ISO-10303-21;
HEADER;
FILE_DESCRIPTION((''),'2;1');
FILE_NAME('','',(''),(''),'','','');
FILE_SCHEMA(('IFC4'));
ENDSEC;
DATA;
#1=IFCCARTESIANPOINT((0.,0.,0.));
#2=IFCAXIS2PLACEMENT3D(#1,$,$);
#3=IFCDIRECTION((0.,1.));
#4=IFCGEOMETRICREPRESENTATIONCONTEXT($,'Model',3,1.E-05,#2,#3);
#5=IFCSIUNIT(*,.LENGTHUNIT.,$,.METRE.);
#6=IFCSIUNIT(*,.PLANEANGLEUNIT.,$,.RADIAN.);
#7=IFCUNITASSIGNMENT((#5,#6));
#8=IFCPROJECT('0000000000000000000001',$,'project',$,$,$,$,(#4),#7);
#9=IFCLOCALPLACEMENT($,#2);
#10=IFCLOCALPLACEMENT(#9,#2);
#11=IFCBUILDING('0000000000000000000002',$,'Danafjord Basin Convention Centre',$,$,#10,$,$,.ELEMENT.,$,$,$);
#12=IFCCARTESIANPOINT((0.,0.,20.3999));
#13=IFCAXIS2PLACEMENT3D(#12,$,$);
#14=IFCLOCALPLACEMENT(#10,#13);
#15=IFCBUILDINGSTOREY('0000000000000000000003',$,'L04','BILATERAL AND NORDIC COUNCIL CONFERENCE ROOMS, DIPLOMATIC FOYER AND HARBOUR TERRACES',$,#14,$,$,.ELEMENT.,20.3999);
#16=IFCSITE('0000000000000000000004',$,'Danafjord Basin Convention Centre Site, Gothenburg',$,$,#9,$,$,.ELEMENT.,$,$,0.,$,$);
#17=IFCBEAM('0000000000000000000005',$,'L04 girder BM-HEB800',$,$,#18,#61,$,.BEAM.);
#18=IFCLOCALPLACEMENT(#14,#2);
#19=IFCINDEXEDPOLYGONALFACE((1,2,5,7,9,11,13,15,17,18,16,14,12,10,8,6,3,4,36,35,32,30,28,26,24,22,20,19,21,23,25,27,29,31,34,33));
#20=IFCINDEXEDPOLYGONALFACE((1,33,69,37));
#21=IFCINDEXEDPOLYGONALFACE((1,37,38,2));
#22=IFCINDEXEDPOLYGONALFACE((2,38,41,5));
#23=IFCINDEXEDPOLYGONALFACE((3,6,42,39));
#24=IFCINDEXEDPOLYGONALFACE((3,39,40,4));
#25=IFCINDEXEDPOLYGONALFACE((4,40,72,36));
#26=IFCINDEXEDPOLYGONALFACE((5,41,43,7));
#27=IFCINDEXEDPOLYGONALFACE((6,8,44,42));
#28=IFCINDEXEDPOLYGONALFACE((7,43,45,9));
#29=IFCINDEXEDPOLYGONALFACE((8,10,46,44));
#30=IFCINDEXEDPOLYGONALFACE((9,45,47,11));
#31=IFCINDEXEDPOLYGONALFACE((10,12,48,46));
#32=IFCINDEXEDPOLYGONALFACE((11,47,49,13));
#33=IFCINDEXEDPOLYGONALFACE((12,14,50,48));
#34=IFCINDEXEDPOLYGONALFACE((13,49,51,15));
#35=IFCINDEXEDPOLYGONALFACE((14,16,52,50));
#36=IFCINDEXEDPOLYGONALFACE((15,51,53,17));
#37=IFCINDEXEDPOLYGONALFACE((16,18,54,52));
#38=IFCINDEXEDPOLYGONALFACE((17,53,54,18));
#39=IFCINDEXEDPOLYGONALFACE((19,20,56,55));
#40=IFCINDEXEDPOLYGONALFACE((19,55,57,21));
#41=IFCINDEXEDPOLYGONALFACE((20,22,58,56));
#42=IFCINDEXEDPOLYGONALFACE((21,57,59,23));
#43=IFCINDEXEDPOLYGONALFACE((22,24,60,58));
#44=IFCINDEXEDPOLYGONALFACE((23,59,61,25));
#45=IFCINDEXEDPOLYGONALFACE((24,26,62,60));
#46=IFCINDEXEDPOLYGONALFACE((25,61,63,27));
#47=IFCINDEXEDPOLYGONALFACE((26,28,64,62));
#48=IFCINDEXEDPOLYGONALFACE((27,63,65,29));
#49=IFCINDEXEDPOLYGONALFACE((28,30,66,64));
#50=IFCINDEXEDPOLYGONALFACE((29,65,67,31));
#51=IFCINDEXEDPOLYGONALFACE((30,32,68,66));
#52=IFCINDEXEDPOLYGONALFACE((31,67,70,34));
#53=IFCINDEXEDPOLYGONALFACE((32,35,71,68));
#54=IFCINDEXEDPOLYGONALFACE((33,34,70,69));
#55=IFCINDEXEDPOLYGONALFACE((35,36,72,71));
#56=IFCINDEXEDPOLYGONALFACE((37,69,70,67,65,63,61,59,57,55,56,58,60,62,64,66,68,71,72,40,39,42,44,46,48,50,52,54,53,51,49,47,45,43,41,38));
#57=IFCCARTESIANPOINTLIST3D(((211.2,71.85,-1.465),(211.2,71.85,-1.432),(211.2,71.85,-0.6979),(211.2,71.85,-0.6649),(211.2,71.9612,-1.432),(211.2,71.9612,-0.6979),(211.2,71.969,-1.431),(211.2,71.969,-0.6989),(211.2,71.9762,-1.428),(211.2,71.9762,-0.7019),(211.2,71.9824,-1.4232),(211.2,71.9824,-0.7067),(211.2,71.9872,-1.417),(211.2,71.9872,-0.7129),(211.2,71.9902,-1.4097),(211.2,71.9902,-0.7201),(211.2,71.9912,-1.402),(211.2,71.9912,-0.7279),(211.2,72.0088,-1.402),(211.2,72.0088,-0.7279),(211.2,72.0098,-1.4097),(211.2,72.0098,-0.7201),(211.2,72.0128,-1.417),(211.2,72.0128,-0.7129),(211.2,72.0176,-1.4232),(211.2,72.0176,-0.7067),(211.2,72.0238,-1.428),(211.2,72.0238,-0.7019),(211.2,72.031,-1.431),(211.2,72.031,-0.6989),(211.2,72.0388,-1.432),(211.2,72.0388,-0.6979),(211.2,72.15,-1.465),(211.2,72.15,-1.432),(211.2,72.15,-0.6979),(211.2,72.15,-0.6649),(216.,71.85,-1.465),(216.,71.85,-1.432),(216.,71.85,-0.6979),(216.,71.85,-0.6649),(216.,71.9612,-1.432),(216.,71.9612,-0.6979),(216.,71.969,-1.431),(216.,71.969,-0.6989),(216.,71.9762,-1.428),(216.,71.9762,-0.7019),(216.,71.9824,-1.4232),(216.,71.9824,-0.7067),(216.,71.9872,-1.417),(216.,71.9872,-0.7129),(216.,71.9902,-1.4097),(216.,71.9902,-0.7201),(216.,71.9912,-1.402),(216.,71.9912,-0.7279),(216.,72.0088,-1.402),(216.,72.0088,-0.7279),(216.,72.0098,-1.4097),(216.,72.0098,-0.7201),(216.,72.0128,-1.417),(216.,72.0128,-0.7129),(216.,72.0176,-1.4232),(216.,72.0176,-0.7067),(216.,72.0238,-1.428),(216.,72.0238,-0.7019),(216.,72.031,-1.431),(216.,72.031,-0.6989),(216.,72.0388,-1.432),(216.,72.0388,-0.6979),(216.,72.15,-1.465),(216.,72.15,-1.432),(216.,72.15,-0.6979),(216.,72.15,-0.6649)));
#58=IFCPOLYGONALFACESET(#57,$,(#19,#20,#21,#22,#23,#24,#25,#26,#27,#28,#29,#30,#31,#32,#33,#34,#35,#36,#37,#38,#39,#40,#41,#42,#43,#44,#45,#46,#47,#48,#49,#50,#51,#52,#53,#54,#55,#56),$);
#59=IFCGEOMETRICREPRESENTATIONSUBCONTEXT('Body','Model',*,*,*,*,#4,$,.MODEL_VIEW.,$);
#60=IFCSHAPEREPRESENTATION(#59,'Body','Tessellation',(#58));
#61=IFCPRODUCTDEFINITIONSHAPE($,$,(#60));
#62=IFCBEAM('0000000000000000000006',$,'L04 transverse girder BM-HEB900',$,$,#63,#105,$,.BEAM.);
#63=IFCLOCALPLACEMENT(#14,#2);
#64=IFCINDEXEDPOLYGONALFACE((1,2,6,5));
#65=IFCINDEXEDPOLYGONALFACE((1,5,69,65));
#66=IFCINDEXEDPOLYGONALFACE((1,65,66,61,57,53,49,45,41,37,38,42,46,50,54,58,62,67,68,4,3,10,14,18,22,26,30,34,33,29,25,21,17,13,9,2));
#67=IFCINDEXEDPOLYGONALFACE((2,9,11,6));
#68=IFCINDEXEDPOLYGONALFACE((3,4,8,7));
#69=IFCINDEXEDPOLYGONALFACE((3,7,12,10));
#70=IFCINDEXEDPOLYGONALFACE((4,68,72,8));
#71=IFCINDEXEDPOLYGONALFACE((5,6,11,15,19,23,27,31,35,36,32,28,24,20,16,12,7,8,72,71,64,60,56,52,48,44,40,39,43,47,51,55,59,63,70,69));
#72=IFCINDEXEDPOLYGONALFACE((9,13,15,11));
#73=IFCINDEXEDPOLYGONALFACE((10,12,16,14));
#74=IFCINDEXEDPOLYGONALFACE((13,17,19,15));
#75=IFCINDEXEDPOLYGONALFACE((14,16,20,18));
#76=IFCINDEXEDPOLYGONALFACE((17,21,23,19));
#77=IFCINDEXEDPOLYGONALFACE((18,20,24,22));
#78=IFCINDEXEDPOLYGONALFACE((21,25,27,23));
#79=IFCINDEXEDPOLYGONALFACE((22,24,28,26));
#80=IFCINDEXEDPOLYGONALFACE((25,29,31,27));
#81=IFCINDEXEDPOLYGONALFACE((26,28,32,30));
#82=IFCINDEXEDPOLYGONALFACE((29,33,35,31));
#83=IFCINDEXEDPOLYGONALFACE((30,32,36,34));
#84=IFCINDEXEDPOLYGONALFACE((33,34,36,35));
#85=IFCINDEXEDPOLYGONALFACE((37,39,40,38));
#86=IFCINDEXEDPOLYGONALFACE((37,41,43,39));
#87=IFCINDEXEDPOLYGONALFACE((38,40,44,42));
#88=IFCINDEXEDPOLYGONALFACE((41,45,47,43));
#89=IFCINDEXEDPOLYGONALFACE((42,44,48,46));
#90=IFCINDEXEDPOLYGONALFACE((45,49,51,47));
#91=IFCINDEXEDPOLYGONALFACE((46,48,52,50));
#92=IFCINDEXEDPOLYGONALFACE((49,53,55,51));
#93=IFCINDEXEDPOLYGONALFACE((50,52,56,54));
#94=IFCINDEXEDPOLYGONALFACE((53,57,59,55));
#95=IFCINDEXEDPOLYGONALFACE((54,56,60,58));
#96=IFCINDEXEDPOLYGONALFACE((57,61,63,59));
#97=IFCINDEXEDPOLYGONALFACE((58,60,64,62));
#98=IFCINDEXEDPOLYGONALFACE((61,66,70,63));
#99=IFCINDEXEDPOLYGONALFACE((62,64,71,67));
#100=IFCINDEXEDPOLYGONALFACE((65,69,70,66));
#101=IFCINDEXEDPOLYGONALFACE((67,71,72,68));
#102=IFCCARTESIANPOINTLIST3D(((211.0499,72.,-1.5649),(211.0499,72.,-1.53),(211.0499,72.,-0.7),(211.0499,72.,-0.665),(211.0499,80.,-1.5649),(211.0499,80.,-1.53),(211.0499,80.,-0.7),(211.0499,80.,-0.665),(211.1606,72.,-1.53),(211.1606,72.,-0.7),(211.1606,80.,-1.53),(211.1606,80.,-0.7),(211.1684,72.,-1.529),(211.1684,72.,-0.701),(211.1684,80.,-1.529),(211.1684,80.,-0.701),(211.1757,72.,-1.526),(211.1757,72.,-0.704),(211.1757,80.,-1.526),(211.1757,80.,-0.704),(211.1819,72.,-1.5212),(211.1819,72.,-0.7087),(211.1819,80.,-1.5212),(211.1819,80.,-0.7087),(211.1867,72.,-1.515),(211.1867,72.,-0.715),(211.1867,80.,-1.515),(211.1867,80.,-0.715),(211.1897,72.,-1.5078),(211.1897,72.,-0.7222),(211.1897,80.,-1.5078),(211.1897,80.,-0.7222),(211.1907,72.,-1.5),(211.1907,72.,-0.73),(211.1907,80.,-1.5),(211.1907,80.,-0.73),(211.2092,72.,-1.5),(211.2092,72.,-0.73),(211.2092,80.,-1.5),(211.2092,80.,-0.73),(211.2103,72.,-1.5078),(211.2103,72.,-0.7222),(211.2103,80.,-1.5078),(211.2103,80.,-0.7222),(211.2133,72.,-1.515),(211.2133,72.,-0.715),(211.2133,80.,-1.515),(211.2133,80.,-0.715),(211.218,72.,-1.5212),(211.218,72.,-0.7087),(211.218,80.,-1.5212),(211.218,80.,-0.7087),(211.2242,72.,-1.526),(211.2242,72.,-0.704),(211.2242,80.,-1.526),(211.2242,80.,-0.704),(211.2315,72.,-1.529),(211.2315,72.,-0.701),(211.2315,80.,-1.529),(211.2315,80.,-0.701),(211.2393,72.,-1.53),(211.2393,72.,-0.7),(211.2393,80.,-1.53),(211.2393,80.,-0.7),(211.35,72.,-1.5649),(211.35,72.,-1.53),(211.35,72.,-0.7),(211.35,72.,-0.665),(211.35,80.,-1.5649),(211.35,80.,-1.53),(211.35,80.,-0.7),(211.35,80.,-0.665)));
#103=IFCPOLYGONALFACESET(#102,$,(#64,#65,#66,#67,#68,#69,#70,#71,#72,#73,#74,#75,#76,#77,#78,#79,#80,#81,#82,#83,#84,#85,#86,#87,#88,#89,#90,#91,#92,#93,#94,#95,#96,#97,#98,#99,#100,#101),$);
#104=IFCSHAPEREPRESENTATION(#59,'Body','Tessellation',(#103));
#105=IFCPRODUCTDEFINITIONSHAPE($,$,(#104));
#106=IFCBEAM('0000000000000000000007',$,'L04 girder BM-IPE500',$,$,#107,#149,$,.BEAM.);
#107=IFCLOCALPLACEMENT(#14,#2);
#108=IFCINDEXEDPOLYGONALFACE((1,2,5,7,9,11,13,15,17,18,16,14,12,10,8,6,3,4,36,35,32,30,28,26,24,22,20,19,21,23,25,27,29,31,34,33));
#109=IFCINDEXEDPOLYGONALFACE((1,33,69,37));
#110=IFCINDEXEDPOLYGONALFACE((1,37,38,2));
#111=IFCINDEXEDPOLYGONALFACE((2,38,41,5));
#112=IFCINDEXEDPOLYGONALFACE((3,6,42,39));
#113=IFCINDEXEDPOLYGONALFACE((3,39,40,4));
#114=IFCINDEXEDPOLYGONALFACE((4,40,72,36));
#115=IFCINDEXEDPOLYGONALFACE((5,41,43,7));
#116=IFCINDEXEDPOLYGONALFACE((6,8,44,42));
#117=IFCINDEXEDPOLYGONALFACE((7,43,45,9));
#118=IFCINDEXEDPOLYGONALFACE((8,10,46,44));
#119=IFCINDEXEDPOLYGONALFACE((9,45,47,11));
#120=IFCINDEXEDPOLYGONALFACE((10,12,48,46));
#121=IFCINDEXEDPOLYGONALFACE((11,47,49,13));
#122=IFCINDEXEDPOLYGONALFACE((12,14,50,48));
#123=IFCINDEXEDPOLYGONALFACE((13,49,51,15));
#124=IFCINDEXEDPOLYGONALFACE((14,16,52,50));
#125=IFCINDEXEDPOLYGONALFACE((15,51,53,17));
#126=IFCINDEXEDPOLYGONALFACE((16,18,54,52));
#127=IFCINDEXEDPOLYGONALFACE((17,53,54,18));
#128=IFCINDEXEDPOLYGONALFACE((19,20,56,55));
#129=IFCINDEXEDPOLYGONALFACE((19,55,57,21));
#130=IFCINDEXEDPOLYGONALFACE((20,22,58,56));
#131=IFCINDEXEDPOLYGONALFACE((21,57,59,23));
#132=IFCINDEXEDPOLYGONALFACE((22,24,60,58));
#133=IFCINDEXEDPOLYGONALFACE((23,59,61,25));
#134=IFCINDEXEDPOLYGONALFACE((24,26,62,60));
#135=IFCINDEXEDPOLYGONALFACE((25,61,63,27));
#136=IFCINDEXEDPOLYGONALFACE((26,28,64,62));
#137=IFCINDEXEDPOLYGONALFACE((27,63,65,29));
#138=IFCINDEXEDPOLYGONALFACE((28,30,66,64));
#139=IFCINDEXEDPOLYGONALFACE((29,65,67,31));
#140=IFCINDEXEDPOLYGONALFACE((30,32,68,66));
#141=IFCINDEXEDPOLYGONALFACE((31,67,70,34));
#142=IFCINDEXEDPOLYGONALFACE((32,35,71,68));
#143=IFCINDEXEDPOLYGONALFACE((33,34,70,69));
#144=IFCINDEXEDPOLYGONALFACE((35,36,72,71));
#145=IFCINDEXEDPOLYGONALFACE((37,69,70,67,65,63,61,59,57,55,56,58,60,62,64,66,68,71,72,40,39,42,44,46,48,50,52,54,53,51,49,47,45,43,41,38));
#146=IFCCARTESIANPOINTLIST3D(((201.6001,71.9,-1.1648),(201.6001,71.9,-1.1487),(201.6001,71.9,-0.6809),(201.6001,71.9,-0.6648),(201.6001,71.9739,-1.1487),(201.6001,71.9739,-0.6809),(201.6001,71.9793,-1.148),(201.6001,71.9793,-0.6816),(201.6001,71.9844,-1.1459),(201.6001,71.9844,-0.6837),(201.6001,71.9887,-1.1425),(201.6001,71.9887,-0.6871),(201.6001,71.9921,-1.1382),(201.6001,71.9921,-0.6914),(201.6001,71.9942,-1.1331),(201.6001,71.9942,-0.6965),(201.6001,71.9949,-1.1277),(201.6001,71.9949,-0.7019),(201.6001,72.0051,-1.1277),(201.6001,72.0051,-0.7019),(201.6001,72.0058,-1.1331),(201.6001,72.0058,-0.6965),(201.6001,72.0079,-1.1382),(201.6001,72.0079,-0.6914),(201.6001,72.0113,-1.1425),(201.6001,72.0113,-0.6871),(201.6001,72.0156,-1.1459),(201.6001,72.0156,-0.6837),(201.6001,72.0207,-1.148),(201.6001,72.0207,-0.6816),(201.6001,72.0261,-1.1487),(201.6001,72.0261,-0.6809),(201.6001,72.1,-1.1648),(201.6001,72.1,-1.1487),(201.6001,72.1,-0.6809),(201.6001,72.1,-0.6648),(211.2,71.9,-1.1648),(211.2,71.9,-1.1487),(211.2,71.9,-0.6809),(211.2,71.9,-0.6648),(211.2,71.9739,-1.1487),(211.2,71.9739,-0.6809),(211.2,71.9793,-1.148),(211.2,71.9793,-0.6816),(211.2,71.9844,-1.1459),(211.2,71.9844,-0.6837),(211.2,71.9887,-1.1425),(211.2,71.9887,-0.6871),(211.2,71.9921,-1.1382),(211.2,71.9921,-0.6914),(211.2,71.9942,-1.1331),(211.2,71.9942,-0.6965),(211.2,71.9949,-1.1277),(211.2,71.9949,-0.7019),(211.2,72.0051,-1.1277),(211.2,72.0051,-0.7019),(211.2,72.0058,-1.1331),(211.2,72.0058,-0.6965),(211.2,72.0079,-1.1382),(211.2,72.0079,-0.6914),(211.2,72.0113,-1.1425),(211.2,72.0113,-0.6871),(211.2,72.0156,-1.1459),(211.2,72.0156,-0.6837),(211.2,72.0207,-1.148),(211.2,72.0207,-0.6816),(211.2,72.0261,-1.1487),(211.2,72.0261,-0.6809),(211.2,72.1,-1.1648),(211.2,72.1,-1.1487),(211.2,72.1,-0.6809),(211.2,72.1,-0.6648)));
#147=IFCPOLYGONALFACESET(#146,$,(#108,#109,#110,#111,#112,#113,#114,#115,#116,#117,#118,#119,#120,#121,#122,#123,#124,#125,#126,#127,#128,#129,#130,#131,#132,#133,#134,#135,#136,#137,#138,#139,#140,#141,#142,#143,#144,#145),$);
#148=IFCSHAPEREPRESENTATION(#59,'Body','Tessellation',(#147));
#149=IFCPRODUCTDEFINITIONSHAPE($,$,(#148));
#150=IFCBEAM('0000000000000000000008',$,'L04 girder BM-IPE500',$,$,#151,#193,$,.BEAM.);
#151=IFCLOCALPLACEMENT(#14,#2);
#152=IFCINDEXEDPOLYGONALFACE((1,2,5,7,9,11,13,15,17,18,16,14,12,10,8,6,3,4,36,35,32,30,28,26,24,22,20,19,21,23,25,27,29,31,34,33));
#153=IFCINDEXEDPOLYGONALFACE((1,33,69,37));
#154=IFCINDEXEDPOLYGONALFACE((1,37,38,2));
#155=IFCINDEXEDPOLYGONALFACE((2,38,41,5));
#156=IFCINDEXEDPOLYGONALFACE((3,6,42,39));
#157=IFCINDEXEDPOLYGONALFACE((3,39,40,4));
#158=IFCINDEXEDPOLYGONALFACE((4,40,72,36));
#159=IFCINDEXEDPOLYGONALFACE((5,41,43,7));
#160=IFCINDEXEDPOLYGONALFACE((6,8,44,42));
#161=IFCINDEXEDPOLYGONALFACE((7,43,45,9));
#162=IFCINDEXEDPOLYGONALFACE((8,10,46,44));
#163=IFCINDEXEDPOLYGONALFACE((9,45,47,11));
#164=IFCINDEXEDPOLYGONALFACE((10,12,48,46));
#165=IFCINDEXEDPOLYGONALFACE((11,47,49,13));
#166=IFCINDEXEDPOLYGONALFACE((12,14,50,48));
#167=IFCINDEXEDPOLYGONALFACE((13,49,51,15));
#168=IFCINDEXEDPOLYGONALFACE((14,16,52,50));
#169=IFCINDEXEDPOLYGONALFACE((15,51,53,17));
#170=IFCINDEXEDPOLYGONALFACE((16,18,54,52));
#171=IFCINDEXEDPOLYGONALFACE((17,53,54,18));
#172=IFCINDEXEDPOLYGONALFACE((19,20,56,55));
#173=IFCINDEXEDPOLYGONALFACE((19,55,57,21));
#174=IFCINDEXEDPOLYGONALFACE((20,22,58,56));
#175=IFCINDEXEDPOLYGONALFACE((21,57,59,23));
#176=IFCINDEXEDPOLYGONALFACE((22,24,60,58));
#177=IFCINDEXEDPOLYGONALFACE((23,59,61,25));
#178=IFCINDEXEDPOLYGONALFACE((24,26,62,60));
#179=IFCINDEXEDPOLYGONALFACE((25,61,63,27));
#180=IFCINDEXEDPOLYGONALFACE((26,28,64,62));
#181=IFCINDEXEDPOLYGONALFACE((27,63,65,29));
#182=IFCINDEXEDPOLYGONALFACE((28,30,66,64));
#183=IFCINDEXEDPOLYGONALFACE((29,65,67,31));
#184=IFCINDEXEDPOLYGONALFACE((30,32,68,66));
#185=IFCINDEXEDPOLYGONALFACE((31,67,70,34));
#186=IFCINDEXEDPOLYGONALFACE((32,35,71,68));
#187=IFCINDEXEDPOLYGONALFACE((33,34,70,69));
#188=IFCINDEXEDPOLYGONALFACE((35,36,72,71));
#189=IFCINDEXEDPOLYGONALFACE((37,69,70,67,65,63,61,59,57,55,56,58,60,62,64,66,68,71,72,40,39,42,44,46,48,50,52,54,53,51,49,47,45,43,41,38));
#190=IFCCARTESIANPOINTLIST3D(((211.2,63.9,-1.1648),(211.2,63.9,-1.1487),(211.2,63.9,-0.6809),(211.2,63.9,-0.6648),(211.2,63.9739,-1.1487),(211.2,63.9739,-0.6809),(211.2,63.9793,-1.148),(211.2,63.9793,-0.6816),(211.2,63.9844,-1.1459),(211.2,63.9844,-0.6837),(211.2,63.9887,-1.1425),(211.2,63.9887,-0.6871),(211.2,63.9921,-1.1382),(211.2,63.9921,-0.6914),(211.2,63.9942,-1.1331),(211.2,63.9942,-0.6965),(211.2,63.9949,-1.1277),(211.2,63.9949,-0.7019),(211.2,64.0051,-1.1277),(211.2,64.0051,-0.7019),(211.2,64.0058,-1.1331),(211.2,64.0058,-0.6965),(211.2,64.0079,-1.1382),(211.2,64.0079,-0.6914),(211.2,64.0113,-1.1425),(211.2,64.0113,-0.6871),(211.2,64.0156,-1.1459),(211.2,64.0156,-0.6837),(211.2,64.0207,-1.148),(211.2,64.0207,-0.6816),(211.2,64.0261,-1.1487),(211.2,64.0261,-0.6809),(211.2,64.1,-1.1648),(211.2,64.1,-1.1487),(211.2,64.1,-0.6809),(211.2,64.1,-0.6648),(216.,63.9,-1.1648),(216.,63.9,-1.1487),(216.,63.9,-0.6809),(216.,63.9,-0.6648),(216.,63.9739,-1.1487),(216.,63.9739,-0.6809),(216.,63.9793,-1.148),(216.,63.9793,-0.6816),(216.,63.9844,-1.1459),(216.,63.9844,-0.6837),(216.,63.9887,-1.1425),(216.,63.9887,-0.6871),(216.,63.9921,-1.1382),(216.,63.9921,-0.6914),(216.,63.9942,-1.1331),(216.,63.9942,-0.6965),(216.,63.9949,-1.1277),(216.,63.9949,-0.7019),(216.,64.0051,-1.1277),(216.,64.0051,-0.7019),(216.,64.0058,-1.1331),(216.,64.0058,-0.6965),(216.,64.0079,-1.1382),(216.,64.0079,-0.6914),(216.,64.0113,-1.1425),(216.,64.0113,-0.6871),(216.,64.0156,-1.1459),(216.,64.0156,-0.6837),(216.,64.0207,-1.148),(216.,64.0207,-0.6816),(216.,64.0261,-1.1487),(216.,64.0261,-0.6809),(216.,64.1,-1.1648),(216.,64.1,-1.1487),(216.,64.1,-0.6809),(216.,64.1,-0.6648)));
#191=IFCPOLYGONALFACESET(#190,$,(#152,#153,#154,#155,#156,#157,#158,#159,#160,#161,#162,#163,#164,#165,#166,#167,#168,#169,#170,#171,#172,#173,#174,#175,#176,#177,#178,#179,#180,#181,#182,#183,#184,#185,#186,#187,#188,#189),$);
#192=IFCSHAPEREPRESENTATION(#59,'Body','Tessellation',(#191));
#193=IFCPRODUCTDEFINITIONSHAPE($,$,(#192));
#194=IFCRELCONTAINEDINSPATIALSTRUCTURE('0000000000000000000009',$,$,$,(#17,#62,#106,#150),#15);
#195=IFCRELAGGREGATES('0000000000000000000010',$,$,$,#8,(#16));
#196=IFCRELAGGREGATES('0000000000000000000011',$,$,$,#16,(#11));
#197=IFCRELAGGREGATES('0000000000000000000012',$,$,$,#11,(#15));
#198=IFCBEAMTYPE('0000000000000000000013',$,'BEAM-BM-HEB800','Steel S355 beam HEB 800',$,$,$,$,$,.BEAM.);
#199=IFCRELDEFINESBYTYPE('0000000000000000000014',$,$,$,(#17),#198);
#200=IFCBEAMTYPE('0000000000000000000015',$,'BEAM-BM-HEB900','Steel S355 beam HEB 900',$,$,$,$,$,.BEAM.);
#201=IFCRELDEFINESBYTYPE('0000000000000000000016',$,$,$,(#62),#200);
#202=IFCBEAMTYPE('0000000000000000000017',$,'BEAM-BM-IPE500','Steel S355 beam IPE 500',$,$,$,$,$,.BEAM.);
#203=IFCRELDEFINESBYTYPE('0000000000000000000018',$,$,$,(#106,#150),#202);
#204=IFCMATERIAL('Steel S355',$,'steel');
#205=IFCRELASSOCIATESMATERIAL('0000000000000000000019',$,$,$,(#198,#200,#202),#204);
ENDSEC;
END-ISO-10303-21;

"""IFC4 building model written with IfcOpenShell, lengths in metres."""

from ifc_helpers import new_model, si_unit, direction, frame, origin, origin_2d, place, context, subcontext, project, spatial, i_section, extrude, material, material_profile, profile_set, type_object, element, save


model = new_model("IFC4")

# Units and contexts
model_context = context("Model", 3, precision=1e-05, world=origin(), true_north=direction((0.0, 1.0)))
body_context = subcontext(model_context, "Body", "Model", "MODEL_VIEW")
ifc_project = project(units=[si_unit("LENGTHUNIT", "METRE"), si_unit("PLANEANGLEUNIT", "RADIAN")], contexts=[model_context])

# Site, building, storey
site_placement = place(None, origin())
site = spatial("IfcSite", under=ifc_project, at=site_placement, Name="Danafjord Basin Convention Centre Site, Gothenburg", CompositionType="ELEMENT", RefElevation=0.0)
building_placement = place(site_placement, origin())
building = spatial("IfcBuilding", under=site, at=building_placement, Name="Danafjord Basin Convention Centre", CompositionType="ELEMENT")
storey_placement = place(building_placement, frame((0.0, 0.0, 20.3999)))
storey = spatial("IfcBuildingStorey", under=building, at=storey_placement, Name="L04", Description="BILATERAL AND NORDIC COUNCIL CONFERENCE ROOMS, DIPLOMATIC FOYER AND HARBOUR TERRACES", CompositionType="ELEMENT", Elevation=20.3999)

# Beams
ifc_material_1 = material(Name="Steel S355", Category="steel")
ifc_material_profile_1 = material_profile(ifc_material_1, i_section(OverallWidth=0.3, OverallDepth=0.8, WebThickness=0.0176, FlangeThickness=0.033, FilletRadius=0.03, at=origin_2d()), Name="HEB 800")
ifc_profile_set_1 = profile_set([ifc_material_profile_1], Name="Steel S355")
beam_type_1 = type_object("IfcBeamType", Name="BEAM-BM-HEB800", Description="Steel S355 beam HEB 800", PredefinedType="BEAM", material=ifc_profile_set_1)
beam_1_placement = place(storey_placement, frame((211.2, 72.0, -1.0649), z_axis=(1.0, 0.0, 0.0), x_axis=(0.0, 1.0, 0.0)))
element("IfcBeam", 1, at=beam_1_placement, inside=storey, type_object=beam_type_1, Name="L04 girder BM-HEB800", PredefinedType="BEAM", context=body_context, shape_type="SweptSolid", body=[
    extrude(i_section(OverallWidth=0.3, OverallDepth=0.8, WebThickness=0.0176, FlangeThickness=0.033, FilletRadius=0.03, at=origin_2d()), origin(), (0.0, 0.0, 1.0), 4.8),
])
ifc_material_profile_2 = material_profile(ifc_material_1, i_section(OverallWidth=0.3, OverallDepth=0.8999, WebThickness=0.0186, FlangeThickness=0.0349, FilletRadius=0.03, at=origin_2d()), Name="HEB 900")
ifc_profile_set_2 = profile_set([ifc_material_profile_2], Name="Steel S355")
beam_type_2 = type_object("IfcBeamType", Name="BEAM-BM-HEB900", Description="Steel S355 beam HEB 900", PredefinedType="BEAM", material=ifc_profile_set_2)
beam_2_placement = place(storey_placement, frame((211.2, 72.0, -1.115), z_axis=(0.0, 1.0, 0.0), x_axis=(-1.0, 0.0, 0.0)))
element("IfcBeam", 2, at=beam_2_placement, inside=storey, type_object=beam_type_2, Name="L04 transverse girder BM-HEB900", PredefinedType="BEAM", context=body_context, shape_type="SweptSolid", body=[
    extrude(i_section(OverallWidth=0.3, OverallDepth=0.8999, WebThickness=0.0186, FlangeThickness=0.0349, FilletRadius=0.03, at=origin_2d()), origin(), (0.0, 0.0, 1.0), 8.0),
])
ifc_material_profile_3 = material_profile(ifc_material_1, i_section(OverallWidth=0.2, OverallDepth=0.5, WebThickness=0.0103, FlangeThickness=0.0161, FilletRadius=0.021, at=origin_2d()), Name="IPE 500")
ifc_profile_set_3 = profile_set([ifc_material_profile_3], Name="Steel S355")
beam_type_3 = type_object("IfcBeamType", Name="BEAM-BM-IPE500", Description="Steel S355 beam IPE 500", PredefinedType="BEAM", material=ifc_profile_set_3)
beam_3_placement = place(storey_placement, frame((201.6001, 72.0, -0.9148), z_axis=(1.0, 0.0, 0.0), x_axis=(0.0, 1.0, 0.0)))
element("IfcBeam", 3, at=beam_3_placement, inside=storey, type_object=beam_type_3, Name="L04 girder BM-IPE500", PredefinedType="BEAM", context=body_context, shape_type="SweptSolid", body=[
    extrude(i_section(OverallWidth=0.2, OverallDepth=0.5, WebThickness=0.0103, FlangeThickness=0.0161, FilletRadius=0.021, at=origin_2d()), origin(), (0.0, 0.0, 1.0), 9.5999),
])
beam_4_placement = place(storey_placement, frame((211.2, 64.0, -0.9148), z_axis=(1.0, 0.0, 0.0), x_axis=(0.0, 1.0, 0.0)))
element("IfcBeam", 4, at=beam_4_placement, inside=storey, type_object=beam_type_3, Name="L04 girder BM-IPE500", PredefinedType="BEAM", context=body_context, shape_type="SweptSolid", body=[
    extrude(i_section(OverallWidth=0.2, OverallDepth=0.5, WebThickness=0.0103, FlangeThickness=0.0161, FilletRadius=0.021, at=origin_2d()), origin(), (0.0, 0.0, 1.0), 4.8),
])

save(model, "model.ifc")
